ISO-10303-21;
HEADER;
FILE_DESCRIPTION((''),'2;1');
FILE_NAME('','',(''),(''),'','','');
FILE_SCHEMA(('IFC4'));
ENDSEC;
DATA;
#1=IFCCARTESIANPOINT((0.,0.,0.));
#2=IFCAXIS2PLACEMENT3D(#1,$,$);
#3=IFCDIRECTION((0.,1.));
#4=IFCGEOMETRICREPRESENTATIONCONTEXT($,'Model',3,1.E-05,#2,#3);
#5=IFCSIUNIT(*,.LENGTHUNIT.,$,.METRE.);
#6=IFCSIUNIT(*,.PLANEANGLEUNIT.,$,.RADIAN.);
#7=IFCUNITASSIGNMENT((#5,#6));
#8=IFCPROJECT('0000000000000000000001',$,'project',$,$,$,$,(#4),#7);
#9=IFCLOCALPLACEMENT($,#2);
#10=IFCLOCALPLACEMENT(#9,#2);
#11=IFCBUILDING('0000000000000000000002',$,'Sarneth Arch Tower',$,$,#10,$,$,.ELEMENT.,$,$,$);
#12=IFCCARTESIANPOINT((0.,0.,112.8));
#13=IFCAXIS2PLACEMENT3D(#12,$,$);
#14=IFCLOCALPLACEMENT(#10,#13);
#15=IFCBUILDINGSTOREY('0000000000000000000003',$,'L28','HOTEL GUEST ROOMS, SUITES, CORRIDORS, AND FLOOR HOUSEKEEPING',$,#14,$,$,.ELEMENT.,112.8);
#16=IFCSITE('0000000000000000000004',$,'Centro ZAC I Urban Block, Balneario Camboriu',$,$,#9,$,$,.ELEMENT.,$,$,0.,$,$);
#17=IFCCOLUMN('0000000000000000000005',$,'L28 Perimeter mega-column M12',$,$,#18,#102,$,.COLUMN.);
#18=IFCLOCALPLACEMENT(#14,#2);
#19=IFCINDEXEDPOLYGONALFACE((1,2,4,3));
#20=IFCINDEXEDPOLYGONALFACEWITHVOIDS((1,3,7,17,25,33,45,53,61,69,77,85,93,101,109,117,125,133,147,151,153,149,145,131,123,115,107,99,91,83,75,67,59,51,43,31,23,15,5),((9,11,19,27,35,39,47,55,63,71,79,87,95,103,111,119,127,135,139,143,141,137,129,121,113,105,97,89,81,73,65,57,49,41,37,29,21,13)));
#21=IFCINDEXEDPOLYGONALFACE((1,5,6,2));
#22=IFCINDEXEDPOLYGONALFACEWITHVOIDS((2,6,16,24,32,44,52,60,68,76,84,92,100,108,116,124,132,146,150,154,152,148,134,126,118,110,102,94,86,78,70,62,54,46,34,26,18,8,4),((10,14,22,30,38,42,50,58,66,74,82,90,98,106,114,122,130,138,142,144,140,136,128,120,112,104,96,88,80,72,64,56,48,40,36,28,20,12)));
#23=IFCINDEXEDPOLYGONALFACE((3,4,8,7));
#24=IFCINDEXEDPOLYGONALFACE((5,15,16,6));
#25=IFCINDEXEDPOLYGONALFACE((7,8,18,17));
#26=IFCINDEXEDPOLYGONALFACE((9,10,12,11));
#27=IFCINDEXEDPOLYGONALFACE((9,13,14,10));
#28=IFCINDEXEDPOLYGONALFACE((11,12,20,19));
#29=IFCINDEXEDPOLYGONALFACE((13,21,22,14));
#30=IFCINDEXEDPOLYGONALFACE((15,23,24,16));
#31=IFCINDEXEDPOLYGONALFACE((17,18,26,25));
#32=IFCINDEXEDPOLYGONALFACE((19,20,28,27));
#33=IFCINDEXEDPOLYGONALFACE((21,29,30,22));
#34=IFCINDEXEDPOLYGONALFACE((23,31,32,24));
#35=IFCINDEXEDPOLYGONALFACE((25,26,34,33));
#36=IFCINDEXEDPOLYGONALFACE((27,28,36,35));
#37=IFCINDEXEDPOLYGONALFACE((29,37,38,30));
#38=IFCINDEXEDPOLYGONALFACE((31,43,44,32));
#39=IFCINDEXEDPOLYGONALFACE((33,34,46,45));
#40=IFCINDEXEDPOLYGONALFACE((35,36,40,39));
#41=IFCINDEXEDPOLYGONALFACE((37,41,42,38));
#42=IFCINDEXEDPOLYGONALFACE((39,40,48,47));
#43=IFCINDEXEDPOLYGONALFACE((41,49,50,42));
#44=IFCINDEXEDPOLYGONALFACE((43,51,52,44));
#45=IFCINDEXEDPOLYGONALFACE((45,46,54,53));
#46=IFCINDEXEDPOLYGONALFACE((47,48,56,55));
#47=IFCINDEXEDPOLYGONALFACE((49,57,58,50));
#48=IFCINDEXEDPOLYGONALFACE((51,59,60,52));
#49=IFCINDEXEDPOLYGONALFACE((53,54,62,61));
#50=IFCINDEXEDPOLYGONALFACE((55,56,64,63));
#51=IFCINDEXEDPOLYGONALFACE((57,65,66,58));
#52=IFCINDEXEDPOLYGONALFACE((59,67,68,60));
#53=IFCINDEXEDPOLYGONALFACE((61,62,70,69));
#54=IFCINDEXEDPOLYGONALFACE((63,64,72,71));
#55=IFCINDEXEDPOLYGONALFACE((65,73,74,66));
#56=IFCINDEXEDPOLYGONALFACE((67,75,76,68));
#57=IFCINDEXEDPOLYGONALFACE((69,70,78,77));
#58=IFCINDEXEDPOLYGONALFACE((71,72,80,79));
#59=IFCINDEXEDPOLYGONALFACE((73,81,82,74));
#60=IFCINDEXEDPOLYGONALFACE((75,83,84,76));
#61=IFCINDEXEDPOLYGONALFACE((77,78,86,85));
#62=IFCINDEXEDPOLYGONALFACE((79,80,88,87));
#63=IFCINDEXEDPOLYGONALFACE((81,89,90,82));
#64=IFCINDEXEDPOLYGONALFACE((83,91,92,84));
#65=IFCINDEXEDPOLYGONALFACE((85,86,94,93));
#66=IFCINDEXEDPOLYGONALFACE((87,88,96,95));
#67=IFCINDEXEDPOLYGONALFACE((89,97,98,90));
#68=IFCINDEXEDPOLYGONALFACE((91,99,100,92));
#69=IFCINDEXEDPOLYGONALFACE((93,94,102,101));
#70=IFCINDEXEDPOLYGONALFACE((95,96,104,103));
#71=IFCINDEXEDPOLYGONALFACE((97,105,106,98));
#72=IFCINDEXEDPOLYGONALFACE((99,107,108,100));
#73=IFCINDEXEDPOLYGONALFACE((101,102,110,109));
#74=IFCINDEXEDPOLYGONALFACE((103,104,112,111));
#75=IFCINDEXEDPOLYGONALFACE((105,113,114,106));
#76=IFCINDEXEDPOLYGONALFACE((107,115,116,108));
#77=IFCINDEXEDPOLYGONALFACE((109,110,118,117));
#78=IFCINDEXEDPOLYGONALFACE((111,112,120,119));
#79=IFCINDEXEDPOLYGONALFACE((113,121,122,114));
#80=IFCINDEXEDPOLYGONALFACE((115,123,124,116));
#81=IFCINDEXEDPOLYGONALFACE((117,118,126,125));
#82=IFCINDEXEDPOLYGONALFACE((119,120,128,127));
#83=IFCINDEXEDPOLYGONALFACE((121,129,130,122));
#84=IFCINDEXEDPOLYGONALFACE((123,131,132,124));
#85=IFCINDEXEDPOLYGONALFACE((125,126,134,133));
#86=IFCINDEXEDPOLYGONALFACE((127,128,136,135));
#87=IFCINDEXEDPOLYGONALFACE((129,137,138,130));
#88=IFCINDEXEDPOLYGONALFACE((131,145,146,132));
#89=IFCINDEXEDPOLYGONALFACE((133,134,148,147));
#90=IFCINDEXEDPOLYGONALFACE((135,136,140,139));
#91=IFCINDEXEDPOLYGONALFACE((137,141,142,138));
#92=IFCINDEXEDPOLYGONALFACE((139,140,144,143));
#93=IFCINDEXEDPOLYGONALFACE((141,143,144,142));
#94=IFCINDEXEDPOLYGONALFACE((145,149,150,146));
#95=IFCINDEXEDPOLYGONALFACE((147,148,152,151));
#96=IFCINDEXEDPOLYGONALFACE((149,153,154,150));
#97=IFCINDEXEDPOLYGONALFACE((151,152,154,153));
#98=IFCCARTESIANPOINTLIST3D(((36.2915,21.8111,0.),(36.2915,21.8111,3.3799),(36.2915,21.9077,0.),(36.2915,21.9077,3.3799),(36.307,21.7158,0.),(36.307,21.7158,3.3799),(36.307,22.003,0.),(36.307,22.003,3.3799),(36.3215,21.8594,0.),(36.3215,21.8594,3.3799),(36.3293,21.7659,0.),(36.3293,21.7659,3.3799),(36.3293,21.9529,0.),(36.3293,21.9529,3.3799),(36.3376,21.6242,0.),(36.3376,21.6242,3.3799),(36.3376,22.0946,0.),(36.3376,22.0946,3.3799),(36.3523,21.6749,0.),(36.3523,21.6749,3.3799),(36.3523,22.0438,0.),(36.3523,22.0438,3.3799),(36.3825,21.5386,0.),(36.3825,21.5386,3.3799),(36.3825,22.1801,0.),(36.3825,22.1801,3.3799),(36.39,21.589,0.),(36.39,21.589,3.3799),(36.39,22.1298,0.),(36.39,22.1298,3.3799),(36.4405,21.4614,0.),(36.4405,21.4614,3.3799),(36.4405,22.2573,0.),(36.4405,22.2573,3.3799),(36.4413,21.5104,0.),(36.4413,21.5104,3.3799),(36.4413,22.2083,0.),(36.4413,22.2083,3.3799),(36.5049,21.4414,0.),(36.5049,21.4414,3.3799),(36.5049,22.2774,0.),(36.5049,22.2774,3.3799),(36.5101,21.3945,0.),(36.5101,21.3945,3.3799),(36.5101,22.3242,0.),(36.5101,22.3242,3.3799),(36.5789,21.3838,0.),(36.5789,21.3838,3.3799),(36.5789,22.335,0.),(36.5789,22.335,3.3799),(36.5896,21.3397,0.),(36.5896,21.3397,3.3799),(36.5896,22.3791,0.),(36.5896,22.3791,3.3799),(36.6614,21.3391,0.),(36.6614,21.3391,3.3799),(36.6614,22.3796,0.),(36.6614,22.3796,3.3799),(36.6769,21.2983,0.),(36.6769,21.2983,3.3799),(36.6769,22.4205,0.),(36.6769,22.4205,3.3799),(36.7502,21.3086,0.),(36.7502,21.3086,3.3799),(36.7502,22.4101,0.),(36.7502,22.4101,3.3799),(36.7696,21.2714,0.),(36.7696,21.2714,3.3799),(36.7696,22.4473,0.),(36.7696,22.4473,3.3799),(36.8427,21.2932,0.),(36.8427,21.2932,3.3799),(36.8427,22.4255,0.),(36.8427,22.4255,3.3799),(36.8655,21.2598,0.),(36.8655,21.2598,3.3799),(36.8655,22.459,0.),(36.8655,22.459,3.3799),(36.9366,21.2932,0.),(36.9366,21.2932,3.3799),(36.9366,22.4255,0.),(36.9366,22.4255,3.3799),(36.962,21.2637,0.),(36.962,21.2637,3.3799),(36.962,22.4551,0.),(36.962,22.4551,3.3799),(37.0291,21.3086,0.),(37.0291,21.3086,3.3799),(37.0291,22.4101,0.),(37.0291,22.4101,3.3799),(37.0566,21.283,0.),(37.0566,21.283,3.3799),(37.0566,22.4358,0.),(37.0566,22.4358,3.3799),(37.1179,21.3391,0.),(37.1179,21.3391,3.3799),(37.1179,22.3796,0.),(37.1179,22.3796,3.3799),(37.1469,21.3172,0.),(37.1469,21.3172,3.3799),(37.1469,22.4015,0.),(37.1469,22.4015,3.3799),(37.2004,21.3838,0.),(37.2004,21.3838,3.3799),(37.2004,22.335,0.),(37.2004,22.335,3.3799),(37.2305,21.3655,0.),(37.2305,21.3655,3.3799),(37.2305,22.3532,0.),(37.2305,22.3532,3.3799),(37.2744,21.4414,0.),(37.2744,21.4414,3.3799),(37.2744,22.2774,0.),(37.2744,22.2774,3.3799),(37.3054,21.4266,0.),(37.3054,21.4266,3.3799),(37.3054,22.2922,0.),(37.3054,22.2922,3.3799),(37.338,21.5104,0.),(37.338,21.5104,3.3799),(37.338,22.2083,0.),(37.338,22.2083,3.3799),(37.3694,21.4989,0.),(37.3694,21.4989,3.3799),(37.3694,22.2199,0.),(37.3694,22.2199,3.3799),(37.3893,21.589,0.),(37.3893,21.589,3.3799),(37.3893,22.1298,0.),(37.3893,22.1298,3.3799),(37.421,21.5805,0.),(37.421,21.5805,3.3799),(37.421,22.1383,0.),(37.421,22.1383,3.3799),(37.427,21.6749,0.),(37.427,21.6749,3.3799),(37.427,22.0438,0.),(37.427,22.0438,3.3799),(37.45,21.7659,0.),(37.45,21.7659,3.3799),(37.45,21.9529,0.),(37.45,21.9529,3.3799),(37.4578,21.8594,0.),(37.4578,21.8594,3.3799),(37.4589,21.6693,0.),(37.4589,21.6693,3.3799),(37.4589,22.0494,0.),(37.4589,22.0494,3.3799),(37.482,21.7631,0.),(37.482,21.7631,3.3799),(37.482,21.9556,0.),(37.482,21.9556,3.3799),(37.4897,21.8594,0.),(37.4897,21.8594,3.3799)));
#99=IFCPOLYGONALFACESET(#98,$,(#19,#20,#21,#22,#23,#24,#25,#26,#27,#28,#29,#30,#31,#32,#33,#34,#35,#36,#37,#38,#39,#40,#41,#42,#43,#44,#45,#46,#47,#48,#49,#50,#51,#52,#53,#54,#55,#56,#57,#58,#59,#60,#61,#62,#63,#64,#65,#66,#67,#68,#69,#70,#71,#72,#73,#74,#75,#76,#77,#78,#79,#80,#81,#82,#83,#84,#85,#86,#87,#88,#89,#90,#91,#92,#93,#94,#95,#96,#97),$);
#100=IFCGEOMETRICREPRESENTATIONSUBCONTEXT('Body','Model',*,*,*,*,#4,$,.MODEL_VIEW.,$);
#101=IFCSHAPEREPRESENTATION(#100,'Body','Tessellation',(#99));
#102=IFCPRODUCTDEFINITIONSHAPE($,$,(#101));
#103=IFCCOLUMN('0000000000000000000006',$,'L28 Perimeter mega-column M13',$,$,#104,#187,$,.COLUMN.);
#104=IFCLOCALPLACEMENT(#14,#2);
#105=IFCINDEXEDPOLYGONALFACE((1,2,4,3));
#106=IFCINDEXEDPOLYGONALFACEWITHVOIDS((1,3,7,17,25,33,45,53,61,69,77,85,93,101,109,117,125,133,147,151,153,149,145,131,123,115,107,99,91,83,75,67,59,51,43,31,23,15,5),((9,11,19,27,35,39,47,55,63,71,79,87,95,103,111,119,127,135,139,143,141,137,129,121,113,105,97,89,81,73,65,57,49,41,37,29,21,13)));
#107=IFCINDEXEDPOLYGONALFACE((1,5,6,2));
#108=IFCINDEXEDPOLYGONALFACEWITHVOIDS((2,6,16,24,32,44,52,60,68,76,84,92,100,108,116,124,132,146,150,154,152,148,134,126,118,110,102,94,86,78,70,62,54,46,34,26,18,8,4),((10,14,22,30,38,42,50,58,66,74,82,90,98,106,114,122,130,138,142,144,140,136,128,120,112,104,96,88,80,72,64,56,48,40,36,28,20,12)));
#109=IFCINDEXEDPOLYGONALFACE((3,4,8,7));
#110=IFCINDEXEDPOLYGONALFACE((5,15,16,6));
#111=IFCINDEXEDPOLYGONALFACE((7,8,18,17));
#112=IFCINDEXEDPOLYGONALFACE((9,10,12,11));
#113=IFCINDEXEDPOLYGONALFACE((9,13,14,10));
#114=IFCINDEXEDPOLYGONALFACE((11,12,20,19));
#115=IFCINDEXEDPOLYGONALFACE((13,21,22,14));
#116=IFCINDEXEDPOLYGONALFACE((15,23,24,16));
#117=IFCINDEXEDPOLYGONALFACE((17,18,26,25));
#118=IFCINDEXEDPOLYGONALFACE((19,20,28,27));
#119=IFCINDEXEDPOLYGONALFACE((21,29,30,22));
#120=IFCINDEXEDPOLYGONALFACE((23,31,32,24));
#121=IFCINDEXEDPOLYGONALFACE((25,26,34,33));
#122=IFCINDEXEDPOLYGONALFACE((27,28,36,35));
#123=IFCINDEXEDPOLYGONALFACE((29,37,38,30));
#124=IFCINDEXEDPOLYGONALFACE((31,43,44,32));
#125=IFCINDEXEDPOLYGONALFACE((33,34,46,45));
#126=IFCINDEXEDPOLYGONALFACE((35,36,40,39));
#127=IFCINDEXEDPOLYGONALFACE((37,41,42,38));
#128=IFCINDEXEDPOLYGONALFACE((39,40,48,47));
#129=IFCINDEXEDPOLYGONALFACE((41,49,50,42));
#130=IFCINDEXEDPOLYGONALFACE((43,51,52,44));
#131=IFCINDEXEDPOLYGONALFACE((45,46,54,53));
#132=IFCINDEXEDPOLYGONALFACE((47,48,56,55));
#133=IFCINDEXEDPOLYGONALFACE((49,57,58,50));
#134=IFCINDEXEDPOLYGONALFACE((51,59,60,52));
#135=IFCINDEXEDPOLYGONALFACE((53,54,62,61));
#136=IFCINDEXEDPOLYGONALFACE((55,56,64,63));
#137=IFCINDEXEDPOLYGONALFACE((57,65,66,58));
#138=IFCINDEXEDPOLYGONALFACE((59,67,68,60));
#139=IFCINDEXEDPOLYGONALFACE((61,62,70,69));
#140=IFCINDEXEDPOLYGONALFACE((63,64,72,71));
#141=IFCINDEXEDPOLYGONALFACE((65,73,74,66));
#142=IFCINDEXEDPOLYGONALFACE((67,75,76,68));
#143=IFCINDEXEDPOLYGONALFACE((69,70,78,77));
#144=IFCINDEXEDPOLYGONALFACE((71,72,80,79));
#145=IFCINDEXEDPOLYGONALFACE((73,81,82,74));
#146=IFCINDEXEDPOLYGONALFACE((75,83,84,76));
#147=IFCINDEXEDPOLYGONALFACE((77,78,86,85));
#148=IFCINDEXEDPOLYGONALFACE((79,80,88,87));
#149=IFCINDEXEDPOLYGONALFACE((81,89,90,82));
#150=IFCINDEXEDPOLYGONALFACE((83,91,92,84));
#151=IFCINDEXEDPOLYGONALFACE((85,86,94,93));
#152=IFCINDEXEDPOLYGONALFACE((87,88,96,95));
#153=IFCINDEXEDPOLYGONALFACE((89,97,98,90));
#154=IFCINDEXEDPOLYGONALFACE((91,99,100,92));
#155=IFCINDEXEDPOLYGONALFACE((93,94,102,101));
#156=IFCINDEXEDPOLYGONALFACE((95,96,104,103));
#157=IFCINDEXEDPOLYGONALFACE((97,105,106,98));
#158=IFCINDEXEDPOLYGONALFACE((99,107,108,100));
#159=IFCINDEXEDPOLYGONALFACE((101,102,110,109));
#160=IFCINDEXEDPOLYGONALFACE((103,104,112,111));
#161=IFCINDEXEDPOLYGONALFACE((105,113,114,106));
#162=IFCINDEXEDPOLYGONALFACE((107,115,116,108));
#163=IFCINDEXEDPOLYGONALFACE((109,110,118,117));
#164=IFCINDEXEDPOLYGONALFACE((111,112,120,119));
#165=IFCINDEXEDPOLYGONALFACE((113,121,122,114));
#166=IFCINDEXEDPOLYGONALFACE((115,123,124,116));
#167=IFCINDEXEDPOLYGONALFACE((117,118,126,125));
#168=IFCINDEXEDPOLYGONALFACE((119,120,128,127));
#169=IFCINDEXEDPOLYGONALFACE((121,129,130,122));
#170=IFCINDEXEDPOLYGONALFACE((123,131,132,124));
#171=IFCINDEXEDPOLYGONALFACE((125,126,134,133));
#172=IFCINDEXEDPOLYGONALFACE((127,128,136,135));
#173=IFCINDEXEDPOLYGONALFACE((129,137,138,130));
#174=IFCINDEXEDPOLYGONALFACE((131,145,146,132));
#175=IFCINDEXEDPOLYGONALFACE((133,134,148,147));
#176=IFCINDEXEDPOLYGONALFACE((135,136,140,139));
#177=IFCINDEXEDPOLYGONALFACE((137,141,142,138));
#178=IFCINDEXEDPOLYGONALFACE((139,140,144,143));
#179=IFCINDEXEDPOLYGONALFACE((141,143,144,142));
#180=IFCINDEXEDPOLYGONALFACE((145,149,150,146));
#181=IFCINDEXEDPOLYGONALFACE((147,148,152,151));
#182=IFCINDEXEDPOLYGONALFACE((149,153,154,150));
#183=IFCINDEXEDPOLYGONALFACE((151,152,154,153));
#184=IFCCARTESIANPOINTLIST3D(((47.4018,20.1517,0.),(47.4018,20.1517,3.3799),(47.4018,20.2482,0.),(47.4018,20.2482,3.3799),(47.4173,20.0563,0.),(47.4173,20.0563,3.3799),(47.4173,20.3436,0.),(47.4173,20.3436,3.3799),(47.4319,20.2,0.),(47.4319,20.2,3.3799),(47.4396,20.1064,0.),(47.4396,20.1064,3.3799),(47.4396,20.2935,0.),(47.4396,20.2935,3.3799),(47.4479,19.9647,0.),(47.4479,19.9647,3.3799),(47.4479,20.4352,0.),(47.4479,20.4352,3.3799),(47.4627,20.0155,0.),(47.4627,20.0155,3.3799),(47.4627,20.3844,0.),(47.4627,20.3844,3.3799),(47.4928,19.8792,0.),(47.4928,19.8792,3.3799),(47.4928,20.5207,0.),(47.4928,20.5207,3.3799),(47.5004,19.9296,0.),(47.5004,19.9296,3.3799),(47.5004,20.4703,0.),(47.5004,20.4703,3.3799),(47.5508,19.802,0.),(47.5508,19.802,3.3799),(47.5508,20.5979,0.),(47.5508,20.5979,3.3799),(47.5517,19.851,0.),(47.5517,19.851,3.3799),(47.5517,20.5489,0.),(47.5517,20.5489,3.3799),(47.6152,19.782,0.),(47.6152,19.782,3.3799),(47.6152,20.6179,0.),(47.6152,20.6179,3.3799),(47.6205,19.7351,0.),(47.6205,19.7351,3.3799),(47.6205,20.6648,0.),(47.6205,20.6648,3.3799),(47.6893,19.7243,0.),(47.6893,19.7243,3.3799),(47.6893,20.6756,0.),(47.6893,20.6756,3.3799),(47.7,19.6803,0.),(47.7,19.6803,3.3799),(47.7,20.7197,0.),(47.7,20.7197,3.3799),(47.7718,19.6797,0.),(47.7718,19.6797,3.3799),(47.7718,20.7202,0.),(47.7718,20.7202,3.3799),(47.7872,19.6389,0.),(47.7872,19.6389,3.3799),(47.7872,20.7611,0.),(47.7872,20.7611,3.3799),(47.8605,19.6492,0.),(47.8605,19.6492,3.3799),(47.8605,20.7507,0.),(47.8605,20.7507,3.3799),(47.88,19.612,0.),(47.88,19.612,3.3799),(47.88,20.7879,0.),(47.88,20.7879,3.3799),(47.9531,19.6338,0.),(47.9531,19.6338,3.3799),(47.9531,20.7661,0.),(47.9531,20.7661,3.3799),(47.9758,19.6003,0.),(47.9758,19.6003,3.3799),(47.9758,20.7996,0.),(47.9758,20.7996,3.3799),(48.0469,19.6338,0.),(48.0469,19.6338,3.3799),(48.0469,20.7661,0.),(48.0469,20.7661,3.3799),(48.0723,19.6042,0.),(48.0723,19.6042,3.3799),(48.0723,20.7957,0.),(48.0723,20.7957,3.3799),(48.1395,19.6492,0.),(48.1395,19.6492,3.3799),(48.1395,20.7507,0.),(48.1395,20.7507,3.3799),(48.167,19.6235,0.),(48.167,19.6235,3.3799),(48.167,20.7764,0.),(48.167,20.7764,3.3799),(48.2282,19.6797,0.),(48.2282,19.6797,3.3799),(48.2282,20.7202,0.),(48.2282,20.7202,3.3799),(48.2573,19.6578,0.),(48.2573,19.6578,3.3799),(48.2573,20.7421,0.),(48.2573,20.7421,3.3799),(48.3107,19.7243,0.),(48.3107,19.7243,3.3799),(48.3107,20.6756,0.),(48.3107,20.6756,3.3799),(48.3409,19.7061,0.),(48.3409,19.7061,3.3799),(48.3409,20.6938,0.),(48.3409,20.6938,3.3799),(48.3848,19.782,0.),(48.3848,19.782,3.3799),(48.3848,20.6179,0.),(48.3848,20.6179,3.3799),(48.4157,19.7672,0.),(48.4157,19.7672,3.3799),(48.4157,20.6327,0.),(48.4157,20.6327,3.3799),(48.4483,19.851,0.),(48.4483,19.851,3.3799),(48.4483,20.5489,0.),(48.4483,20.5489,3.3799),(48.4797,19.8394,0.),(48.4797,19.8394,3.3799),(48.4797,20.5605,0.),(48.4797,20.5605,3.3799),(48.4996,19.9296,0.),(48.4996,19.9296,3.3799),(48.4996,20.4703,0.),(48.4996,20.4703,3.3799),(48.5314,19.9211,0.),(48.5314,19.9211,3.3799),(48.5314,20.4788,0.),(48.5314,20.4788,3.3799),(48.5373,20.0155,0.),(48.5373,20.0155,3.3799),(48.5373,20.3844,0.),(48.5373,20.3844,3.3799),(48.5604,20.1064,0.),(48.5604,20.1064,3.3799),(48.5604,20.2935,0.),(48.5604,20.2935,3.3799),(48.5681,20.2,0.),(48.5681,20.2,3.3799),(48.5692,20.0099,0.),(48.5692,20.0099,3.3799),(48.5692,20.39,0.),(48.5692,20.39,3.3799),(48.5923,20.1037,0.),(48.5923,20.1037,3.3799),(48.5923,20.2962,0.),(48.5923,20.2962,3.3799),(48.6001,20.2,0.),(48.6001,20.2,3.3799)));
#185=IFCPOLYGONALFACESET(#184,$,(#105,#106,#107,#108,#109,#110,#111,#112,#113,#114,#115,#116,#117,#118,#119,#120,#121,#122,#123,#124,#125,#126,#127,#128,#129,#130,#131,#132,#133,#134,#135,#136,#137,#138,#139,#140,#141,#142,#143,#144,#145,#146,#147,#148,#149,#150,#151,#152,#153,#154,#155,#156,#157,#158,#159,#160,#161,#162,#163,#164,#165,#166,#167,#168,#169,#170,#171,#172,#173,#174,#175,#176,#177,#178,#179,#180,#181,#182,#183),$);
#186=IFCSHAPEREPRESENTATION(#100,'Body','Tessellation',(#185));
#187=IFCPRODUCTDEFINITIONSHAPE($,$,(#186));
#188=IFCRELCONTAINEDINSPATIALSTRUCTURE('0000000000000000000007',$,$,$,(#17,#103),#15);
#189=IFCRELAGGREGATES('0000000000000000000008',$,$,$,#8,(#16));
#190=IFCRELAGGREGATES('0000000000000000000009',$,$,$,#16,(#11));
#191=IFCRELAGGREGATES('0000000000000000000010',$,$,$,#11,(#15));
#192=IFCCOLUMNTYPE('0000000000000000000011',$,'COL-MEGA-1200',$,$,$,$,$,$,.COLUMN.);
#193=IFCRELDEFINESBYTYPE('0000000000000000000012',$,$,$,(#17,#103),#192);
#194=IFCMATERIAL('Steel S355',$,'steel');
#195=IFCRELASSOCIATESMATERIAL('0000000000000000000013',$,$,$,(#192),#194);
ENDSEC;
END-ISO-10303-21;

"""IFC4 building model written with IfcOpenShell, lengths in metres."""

from ifc_helpers import new_model, si_unit, direction, frame, origin, origin_2d, place, context, subcontext, project, spatial, hollow_circle, extrude, material, material_profile, profile_set, type_object, element, save


model = new_model("IFC4")

# Units and contexts
model_context = context("Model", 3, precision=1e-05, world=origin(), true_north=direction((0.0, 1.0)))
body_context = subcontext(model_context, "Body", "Model", "MODEL_VIEW")
ifc_project = project(units=[si_unit("LENGTHUNIT", "METRE"), si_unit("PLANEANGLEUNIT", "RADIAN")], contexts=[model_context])

# Site, building, storey
site_placement = place(None, origin())
site = spatial("IfcSite", under=ifc_project, at=site_placement, Name="Centro ZAC I Urban Block, Balneario Camboriu", CompositionType="ELEMENT", RefElevation=0.0)
building_placement = place(site_placement, origin())
building = spatial("IfcBuilding", under=site, at=building_placement, Name="Sarneth Arch Tower", CompositionType="ELEMENT")
storey_placement = place(building_placement, frame((0.0, 0.0, 112.8)))
storey = spatial("IfcBuildingStorey", under=building, at=storey_placement, Name="L28", Description="HOTEL GUEST ROOMS, SUITES, CORRIDORS, AND FLOOR HOUSEKEEPING", CompositionType="ELEMENT", Elevation=112.8)

# Columns
ifc_material_1 = material(Name="Steel S355", Category="steel")
ifc_material_profile_1 = material_profile(ifc_material_1, hollow_circle(Radius=0.6001, WallThickness=0.032, at=origin_2d()), Name="CHS1200x32")
ifc_profile_set_1 = profile_set([ifc_material_profile_1], Name="Steel S355")
column_type = type_object("IfcColumnType", Name="COL-MEGA-1200", PredefinedType="COLUMN", material=ifc_profile_set_1)
for number, where, z_axis, x_axis, name in (
    (1, (36.8896, 21.8594, 0.0), (0.0, 0.0, 1.0), (1.0, 0.0, 0.0), "L28 Perimeter mega-column M12"),
    (2, (48.0, 20.2, 0.0), (0.0, 0.0, 1.0), (1.0, 0.0, 0.0), "L28 Perimeter mega-column M13"),
):
    element("IfcColumn", number, at=place(storey_placement, frame(where, z_axis=z_axis, x_axis=x_axis)), inside=storey, type_object=column_type, Name=name, PredefinedType="COLUMN", context=body_context, shape_type="SweptSolid", body=[
        extrude(hollow_circle(Radius=0.6001, WallThickness=0.032, at=origin_2d()), origin(), (0.0, 0.0, 1.0), 3.3799),
    ])

save(model, "model.ifc")
